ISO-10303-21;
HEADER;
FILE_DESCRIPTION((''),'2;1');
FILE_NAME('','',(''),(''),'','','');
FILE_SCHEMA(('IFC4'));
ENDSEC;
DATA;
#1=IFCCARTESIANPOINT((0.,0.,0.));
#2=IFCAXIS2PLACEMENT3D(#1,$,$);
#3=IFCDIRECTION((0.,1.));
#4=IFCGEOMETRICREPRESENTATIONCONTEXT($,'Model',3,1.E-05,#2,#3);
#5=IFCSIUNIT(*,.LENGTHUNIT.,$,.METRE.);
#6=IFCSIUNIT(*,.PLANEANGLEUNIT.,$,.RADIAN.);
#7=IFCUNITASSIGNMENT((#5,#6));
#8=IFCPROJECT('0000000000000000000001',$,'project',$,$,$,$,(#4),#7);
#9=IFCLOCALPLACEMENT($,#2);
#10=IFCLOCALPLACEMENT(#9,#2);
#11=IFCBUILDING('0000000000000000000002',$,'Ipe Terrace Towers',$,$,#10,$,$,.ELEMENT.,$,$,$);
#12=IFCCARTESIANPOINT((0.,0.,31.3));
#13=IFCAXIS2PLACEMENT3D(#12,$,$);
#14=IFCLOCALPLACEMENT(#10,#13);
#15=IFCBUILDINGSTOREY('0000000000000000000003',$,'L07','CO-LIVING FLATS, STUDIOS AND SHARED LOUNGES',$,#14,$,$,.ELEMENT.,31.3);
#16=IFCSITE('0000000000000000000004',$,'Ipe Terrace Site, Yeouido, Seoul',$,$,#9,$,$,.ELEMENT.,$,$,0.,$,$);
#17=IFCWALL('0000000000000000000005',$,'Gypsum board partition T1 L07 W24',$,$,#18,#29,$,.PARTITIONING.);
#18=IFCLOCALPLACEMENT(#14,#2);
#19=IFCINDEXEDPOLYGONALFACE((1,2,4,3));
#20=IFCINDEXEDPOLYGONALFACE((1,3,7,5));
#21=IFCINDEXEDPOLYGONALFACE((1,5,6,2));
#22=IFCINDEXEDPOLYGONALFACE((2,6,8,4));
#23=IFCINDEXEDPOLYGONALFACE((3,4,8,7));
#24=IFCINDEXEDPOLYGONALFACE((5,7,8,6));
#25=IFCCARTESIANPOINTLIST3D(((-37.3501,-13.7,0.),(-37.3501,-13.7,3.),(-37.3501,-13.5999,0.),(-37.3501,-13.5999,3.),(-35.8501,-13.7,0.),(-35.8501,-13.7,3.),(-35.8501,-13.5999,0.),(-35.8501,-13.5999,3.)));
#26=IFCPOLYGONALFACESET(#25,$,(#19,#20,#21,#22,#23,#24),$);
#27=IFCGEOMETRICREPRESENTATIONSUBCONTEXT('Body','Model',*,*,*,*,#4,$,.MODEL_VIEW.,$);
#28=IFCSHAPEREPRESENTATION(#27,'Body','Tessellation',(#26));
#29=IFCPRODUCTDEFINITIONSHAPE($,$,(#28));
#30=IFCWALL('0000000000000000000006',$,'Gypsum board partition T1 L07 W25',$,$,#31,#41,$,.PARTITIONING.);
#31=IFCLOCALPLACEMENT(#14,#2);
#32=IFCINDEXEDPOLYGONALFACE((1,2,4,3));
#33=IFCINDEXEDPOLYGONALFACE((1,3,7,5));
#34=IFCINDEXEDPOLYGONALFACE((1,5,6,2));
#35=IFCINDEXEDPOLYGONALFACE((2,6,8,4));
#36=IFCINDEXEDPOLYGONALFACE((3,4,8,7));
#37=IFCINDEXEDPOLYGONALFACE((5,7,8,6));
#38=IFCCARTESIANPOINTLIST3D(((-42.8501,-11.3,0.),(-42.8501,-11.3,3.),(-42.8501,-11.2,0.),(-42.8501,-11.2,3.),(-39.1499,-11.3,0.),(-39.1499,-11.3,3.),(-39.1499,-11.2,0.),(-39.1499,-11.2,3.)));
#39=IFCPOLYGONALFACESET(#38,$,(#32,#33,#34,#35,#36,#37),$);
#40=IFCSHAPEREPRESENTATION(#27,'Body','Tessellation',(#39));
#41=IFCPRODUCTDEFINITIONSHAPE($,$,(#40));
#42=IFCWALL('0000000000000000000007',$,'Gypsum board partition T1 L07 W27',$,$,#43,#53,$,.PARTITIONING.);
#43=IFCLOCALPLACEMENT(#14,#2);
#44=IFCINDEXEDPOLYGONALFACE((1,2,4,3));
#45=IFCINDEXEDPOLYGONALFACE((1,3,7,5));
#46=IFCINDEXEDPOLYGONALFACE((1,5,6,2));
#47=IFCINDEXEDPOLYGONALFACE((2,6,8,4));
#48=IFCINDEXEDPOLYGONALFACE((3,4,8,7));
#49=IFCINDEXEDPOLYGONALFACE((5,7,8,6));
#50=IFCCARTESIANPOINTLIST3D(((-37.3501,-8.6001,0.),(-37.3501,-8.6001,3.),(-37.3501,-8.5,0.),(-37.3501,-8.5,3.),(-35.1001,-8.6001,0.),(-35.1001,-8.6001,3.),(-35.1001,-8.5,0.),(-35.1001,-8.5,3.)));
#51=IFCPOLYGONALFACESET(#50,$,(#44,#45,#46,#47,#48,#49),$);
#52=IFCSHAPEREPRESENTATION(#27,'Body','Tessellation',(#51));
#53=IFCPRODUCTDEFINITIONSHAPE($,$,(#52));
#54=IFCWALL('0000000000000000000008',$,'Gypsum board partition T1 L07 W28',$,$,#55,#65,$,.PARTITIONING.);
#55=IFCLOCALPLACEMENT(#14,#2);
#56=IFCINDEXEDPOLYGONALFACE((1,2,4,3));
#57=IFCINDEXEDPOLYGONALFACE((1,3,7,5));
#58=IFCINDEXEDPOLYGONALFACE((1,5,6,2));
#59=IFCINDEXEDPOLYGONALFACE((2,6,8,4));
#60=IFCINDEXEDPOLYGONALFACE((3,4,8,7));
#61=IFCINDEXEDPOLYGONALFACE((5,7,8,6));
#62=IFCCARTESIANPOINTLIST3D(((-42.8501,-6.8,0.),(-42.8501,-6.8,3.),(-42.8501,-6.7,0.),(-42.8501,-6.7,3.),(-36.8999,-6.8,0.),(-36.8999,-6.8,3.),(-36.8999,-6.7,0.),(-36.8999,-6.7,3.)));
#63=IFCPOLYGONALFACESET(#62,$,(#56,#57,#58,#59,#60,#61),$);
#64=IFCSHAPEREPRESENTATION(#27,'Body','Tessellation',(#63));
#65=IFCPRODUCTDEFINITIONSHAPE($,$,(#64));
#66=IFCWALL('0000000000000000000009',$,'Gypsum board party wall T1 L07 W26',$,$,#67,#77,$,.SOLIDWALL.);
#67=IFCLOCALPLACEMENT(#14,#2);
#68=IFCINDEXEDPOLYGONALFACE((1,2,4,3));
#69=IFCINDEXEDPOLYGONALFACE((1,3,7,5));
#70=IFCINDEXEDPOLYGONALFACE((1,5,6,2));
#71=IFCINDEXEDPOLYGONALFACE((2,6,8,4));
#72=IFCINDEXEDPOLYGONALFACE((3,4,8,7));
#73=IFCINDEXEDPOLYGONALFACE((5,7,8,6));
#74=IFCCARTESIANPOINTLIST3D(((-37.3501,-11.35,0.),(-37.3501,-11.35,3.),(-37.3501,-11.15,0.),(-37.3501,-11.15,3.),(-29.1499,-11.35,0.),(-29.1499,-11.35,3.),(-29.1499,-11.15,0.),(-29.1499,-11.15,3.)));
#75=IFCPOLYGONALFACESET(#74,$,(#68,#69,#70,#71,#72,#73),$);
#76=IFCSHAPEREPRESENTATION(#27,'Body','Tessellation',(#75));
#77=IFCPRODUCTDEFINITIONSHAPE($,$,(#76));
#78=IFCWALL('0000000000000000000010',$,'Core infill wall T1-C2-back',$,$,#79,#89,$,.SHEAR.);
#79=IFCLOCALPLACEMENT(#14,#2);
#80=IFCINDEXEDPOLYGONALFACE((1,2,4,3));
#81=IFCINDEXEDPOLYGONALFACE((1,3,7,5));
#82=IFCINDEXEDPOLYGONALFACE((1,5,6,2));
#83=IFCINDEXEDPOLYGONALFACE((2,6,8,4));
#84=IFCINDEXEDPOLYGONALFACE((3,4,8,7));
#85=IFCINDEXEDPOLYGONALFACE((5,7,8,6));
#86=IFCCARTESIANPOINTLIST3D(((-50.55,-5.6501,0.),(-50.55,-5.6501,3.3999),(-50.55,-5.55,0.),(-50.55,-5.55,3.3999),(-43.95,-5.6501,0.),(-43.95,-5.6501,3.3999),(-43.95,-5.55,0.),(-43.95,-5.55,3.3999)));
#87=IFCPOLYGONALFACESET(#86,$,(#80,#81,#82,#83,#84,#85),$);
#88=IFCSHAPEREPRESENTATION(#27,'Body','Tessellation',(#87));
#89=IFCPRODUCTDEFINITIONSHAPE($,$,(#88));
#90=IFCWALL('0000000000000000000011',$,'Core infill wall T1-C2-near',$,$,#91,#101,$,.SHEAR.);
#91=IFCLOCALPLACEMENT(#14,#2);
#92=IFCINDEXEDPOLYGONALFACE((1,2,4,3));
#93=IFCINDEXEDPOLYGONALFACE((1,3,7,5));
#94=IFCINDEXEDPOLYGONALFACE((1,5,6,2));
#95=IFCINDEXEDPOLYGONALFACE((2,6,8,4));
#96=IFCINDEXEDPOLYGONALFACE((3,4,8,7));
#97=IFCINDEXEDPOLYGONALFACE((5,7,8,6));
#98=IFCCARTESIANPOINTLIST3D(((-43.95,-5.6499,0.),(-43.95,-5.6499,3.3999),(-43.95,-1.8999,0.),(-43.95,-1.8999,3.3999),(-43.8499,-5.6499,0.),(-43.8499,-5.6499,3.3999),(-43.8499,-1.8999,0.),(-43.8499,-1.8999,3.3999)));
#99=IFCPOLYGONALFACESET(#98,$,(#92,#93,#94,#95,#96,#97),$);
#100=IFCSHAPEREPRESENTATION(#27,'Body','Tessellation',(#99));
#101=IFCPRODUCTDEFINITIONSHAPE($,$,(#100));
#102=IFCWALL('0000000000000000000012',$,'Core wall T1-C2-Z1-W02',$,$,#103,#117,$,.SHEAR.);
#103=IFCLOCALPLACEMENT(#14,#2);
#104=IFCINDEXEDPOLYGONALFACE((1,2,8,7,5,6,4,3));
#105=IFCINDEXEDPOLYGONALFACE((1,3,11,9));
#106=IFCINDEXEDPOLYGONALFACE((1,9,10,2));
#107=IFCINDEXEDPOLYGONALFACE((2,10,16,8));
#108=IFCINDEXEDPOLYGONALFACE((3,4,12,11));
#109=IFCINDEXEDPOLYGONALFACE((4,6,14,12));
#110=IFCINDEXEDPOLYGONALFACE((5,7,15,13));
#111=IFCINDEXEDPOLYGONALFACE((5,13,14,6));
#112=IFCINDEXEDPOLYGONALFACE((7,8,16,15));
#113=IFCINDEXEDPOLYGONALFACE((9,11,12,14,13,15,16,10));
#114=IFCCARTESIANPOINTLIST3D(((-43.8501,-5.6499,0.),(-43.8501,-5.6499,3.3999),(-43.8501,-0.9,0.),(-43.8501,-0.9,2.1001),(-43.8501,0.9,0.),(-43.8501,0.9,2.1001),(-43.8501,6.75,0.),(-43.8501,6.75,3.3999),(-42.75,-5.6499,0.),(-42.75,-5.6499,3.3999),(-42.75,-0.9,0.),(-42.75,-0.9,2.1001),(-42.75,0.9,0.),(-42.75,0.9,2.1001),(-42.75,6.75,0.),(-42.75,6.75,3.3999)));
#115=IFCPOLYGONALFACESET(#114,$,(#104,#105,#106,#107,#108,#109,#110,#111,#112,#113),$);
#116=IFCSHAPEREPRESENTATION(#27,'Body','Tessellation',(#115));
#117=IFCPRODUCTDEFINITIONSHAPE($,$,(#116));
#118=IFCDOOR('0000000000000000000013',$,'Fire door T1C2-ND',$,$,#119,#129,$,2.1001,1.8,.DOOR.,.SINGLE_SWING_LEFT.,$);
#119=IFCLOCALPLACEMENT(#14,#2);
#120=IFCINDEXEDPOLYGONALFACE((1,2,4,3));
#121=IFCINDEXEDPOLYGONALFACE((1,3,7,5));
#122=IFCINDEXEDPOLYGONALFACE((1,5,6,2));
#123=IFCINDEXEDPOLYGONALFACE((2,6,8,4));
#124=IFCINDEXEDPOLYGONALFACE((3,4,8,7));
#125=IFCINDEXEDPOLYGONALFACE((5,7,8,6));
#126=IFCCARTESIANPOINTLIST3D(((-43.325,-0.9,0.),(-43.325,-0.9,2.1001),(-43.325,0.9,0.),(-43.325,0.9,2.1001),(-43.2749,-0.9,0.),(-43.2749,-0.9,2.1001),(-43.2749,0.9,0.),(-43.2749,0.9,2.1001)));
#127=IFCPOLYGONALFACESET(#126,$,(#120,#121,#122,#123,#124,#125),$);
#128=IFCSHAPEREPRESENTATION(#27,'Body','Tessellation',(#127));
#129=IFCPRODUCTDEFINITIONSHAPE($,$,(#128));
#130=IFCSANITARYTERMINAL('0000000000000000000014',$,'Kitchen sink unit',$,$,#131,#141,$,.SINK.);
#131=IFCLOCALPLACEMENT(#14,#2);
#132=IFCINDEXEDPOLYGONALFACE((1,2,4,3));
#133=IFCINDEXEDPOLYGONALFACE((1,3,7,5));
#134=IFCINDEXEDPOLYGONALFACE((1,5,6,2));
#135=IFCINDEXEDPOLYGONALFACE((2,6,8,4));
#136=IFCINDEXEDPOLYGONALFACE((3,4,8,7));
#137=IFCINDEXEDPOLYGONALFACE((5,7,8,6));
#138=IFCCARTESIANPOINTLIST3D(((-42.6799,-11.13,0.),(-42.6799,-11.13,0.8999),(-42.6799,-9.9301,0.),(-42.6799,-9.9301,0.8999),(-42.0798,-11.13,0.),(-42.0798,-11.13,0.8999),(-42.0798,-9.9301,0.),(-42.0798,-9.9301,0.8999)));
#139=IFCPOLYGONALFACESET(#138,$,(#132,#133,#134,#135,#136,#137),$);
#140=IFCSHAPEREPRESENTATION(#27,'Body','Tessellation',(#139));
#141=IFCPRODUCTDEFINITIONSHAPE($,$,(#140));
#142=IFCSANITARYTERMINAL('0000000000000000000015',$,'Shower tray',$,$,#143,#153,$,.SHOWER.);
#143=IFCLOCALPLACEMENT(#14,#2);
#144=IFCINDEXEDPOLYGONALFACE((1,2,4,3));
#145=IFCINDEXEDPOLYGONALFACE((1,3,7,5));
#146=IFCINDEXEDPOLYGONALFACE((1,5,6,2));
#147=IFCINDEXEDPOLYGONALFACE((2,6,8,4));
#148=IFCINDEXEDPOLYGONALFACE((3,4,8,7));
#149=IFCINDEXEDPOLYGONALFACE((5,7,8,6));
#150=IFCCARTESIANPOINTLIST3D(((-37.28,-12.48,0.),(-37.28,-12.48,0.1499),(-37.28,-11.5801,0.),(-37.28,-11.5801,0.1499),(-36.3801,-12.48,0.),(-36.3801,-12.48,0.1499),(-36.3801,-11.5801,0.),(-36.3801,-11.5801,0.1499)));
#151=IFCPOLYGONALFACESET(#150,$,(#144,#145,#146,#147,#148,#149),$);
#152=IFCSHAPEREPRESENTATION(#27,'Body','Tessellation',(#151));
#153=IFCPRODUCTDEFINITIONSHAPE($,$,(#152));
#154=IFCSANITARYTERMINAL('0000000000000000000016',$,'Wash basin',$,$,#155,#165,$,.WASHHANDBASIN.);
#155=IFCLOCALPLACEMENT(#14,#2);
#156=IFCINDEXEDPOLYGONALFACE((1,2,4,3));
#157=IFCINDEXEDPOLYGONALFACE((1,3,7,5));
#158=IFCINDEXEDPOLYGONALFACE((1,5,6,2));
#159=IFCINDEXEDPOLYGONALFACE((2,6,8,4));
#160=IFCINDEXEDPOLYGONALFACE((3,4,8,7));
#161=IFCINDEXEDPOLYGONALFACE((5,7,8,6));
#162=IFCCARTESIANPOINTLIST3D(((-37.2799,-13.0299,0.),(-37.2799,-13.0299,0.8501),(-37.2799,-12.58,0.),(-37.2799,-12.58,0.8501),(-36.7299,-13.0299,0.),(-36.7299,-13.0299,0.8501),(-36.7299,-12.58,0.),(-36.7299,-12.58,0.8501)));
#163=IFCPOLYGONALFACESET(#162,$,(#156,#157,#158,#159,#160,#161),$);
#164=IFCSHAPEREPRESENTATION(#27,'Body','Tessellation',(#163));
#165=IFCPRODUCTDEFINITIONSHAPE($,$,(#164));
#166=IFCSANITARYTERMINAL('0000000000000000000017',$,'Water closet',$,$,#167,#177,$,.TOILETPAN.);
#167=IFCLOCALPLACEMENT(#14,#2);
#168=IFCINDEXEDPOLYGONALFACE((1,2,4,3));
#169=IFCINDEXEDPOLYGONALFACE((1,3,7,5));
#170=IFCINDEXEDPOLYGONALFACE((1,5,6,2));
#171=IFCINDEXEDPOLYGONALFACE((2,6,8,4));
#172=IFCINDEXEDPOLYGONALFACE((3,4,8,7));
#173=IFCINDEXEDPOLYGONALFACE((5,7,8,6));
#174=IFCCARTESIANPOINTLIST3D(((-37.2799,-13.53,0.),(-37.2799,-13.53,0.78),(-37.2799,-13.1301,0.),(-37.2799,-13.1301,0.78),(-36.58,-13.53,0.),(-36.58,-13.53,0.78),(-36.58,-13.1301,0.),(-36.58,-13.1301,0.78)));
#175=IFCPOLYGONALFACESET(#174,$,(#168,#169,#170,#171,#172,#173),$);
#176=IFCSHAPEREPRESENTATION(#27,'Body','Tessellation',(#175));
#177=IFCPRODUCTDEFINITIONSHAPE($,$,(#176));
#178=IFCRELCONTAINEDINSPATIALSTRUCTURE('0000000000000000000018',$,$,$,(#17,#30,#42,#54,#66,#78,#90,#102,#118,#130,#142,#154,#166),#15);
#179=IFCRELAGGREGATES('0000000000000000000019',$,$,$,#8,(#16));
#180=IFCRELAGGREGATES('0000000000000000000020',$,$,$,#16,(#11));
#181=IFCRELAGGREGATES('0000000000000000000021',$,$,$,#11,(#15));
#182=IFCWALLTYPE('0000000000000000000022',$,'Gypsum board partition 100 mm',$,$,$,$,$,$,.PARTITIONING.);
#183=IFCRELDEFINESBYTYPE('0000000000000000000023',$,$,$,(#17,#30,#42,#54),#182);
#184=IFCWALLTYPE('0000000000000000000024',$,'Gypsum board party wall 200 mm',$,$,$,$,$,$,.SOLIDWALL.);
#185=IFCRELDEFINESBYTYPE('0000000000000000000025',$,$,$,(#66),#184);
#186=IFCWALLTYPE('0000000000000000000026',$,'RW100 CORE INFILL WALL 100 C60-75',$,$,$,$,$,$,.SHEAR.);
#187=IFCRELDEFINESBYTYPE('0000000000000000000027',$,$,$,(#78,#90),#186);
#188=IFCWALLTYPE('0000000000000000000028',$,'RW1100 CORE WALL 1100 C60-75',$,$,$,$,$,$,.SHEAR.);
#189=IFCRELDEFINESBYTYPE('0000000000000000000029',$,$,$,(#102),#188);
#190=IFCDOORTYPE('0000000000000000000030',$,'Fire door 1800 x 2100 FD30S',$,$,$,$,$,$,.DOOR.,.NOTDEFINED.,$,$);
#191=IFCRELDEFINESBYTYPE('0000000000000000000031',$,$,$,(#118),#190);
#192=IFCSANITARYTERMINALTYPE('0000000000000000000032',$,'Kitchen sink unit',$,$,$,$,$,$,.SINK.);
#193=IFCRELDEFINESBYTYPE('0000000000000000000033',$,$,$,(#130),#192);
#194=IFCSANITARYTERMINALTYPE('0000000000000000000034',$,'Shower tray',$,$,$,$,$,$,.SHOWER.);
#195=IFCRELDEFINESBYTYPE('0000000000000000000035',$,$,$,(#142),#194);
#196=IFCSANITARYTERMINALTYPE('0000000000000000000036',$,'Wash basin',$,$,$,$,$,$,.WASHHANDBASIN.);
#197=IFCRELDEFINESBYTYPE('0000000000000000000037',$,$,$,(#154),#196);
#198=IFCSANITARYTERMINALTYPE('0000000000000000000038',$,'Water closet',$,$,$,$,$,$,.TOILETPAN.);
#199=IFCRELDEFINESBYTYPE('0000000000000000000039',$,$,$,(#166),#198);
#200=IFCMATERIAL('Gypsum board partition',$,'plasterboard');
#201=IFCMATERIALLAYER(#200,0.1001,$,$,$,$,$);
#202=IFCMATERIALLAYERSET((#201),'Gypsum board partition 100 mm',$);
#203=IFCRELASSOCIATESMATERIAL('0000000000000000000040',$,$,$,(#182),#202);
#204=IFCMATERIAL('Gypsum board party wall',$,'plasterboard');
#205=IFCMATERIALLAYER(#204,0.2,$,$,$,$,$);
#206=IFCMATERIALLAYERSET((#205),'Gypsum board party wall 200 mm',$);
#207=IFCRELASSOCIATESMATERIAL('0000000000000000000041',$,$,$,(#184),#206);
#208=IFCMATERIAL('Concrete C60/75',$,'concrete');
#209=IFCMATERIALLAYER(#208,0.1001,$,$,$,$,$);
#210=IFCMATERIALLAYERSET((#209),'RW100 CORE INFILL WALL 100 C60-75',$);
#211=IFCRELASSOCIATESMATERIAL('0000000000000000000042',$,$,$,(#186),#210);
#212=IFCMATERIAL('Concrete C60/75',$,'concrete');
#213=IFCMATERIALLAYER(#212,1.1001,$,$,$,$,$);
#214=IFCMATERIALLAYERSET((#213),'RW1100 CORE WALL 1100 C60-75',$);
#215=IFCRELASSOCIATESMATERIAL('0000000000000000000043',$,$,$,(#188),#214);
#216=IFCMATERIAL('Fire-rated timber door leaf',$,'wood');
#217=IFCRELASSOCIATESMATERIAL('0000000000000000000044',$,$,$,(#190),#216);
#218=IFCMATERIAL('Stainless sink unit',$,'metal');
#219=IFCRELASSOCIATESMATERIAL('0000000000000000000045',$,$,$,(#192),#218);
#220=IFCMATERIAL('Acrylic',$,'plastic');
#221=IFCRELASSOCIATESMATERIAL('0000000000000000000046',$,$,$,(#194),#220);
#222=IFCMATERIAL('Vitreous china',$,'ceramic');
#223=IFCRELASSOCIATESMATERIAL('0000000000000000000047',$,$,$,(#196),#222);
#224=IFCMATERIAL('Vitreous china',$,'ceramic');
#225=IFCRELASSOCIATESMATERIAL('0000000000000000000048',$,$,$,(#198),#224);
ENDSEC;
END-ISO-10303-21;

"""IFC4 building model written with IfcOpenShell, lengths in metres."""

from ifc_helpers import new_model, si_unit, direction, frame, frame_2d, origin, origin_2d, place, context, subcontext, project, spatial, rectangle, extrude, material, layer, layer_set, type_object, element, fill, save


model = new_model("IFC4")

# Units and contexts
model_context = context("Model", 3, precision=1e-05, world=origin(), true_north=direction((0.0, 1.0)))
body_context = subcontext(model_context, "Body", "Model", "MODEL_VIEW")
ifc_project = project(units=[si_unit("LENGTHUNIT", "METRE"), si_unit("PLANEANGLEUNIT", "RADIAN")], contexts=[model_context])

# Site, building, storey
site_placement = place(None, origin())
site = spatial("IfcSite", under=ifc_project, at=site_placement, Name="Ipe Terrace Site, Yeouido, Seoul", CompositionType="ELEMENT", RefElevation=0.0)
building_placement = place(site_placement, origin())
building = spatial("IfcBuilding", under=site, at=building_placement, Name="Ipe Terrace Towers", CompositionType="ELEMENT")
storey_placement = place(building_placement, frame((0.0, 0.0, 31.3)))
storey = spatial("IfcBuildingStorey", under=building, at=storey_placement, Name="L07", Description="CO-LIVING FLATS, STUDIOS AND SHARED LOUNGES", CompositionType="ELEMENT", Elevation=31.3)

# Shared definitions
ifc_material_1 = material(Name="Gypsum board partition", Category="plasterboard")
ifc_layer_1 = layer(ifc_material_1, 0.1001)
ifc_layer_set_1 = layer_set([ifc_layer_1], Name="Gypsum board partition 100 mm")
wall_type_1 = type_object("IfcWallType", Name="Gypsum board partition 100 mm", PredefinedType="PARTITIONING", material=ifc_layer_set_1)

# Walls
wall_1_placement = place(storey_placement, frame((-37.3501, -13.6499, 0.0), z_axis=(0.0, 0.0, 1.0), x_axis=(1.0, 0.0, 0.0)))
element("IfcWall", 1, at=wall_1_placement, inside=storey, type_object=wall_type_1, Name="Gypsum board partition T1 L07 W24", PredefinedType="PARTITIONING", context=body_context, shape_type="SweptSolid", body=[
    extrude(rectangle(XDim=1.5, YDim=0.1001, at=frame_2d((0.75, 0.0))), origin(), (0.0, 0.0, 1.0), 3.0),
])
wall_2_placement = place(storey_placement, frame((-42.8501, -11.25, 0.0), z_axis=(0.0, 0.0, 1.0), x_axis=(1.0, 0.0, 0.0)))
element("IfcWall", 2, at=wall_2_placement, inside=storey, type_object=wall_type_1, Name="Gypsum board partition T1 L07 W25", PredefinedType="PARTITIONING", context=body_context, shape_type="SweptSolid", body=[
    extrude(rectangle(XDim=3.7002, YDim=0.1001, at=frame_2d((1.8501, 0.0))), origin(), (0.0, 0.0, 1.0), 3.0),
])
wall_3_placement = place(storey_placement, frame((-37.3501, -8.55, 0.0), z_axis=(0.0, 0.0, 1.0), x_axis=(1.0, 0.0, 0.0)))
element("IfcWall", 3, at=wall_3_placement, inside=storey, type_object=wall_type_1, Name="Gypsum board partition T1 L07 W27", PredefinedType="PARTITIONING", context=body_context, shape_type="SweptSolid", body=[
    extrude(rectangle(XDim=2.25, YDim=0.1001, at=frame_2d((1.125, 0.0))), origin(), (0.0, 0.0, 1.0), 3.0),
])
wall_4_placement = place(storey_placement, frame((-42.8501, -6.75, 0.0), z_axis=(0.0, 0.0, 1.0), x_axis=(1.0, 0.0, 0.0)))
element("IfcWall", 4, at=wall_4_placement, inside=storey, type_object=wall_type_1, Name="Gypsum board partition T1 L07 W28", PredefinedType="PARTITIONING", context=body_context, shape_type="SweptSolid", body=[
    extrude(rectangle(XDim=5.9502, YDim=0.1001, at=frame_2d((2.9751, 0.0))), origin(), (0.0, 0.0, 1.0), 3.0),
])
ifc_material_2 = material(Name="Gypsum board party wall", Category="plasterboard")
ifc_layer_2 = layer(ifc_material_2, 0.2)
ifc_layer_set_2 = layer_set([ifc_layer_2], Name="Gypsum board party wall 200 mm")
wall_type_2 = type_object("IfcWallType", Name="Gypsum board party wall 200 mm", PredefinedType="SOLIDWALL", material=ifc_layer_set_2)
wall_5_placement = place(storey_placement, frame((-37.3501, -11.25, 0.0), z_axis=(0.0, 0.0, 1.0), x_axis=(1.0, 0.0, 0.0)))
element("IfcWall", 5, at=wall_5_placement, inside=storey, type_object=wall_type_2, Name="Gypsum board party wall T1 L07 W26", PredefinedType="SOLIDWALL", context=body_context, shape_type="SweptSolid", body=[
    extrude(rectangle(XDim=8.2002, YDim=0.2, at=frame_2d((4.1001, 0.0))), origin(), (0.0, 0.0, 1.0), 3.0),
])
ifc_material_3 = material(Name="Concrete C60/75", Category="concrete")
ifc_layer_3 = layer(ifc_material_3, 0.1001)
ifc_layer_set_3 = layer_set([ifc_layer_3], Name="RW100 CORE INFILL WALL 100 C60-75")
wall_type_3 = type_object("IfcWallType", Name="RW100 CORE INFILL WALL 100 C60-75", PredefinedType="SHEAR", material=ifc_layer_set_3)
wall_6_placement = place(storey_placement, frame((-43.95, -5.6001, 0.0), z_axis=(0.0, 0.0, 1.0), x_axis=(-1.0, 0.0, 0.0)))
element("IfcWall", 6, at=wall_6_placement, inside=storey, type_object=wall_type_3, Name="Core infill wall T1-C2-back", PredefinedType="SHEAR", context=body_context, shape_type="SweptSolid", body=[
    extrude(rectangle(XDim=6.6001, YDim=0.1001, at=frame_2d((3.3, 0.0))), origin(), (0.0, 0.0, 1.0), 3.3999),
])
wall_7_placement = place(storey_placement, frame((-43.8999, -1.8999, 0.0), z_axis=(0.0, 0.0, 1.0), x_axis=(0.0, -1.0, 0.0)))
element("IfcWall", 7, at=wall_7_placement, inside=storey, type_object=wall_type_3, Name="Core infill wall T1-C2-near", PredefinedType="SHEAR", context=body_context, shape_type="SweptSolid", body=[
    extrude(rectangle(XDim=3.75, YDim=0.1001, at=frame_2d((1.875, 0.0))), origin(), (0.0, 0.0, 1.0), 3.3999),
])

# Wall, opening, door
ifc_material_4 = material(Name="Concrete C60/75", Category="concrete")
ifc_layer_4 = layer(ifc_material_4, 1.1001)
ifc_layer_set_4 = layer_set([ifc_layer_4], Name="RW1100 CORE WALL 1100 C60-75")
wall_type_4 = type_object("IfcWallType", Name="RW1100 CORE WALL 1100 C60-75", PredefinedType="SHEAR", material=ifc_layer_set_4)
wall_8_placement = place(storey_placement, frame((-43.3, -5.6499, 0.0), z_axis=(0.0, 0.0, 1.0), x_axis=(0.0, 1.0, 0.0)))
wall_8 = element("IfcWall", 8, at=wall_8_placement, inside=storey, type_object=wall_type_4, Name="Core wall T1-C2-Z1-W02", PredefinedType="SHEAR", context=body_context, shape_type="SweptSolid", body=[
    extrude(rectangle(XDim=12.3999, YDim=1.1001, at=frame_2d((6.2, 0.0))), origin(), (0.0, 0.0, 1.0), 3.3999),
])
opening_1_placement = place(wall_8_placement, frame((4.75, 0.0, 0.0)))
opening_1 = element("IfcOpeningElement", 9, at=opening_1_placement, cuts=wall_8, PredefinedType="OPENING", context=body_context, shape_type="SweptSolid", body=[
    extrude(rectangle(XDim=1.8, YDim=2.1001, at=frame_2d((0.8999, 1.05))), frame((0.0, 0.5601, 0.0), z_axis=(0.0, -1.0, 0.0), x_axis=(1.0, 0.0, 0.0)), (0.0, 0.0, 1.0), 1.1201),
])
ifc_material_5 = material(Name="Fire-rated timber door leaf", Category="wood")
door_type_1 = type_object("IfcDoorType", Name="Fire door 1800 x 2100 FD30S", OperationType="NOTDEFINED", PredefinedType="DOOR", material=ifc_material_5)
door_1_placement = place(opening_1_placement, origin())
door_1 = element("IfcDoor", 10, at=door_1_placement, inside=storey, type_object=door_type_1, Name="Fire door T1C2-ND", OperationType="SINGLE_SWING_LEFT", OverallHeight=2.1001, OverallWidth=1.8, PredefinedType="DOOR", context=body_context, shape_type="SweptSolid", body=[
    extrude(rectangle(XDim=1.8, YDim=2.1001, at=frame_2d((0.8999, 1.05))), frame((0.0, 0.0249, 0.0), z_axis=(0.0, -1.0, 0.0), x_axis=(1.0, 0.0, 0.0)), (0.0, 0.0, 1.0), 0.05),
])
fill(opening_1, door_1)

# Sanitary terminals
ifc_material_6 = material(Name="Stainless sink unit", Category="metal")
sanitary_terminal_type_1 = type_object("IfcSanitaryTerminalType", Name="Kitchen sink unit", PredefinedType="SINK", material=ifc_material_6)
sanitary_terminal_1_placement = place(storey_placement, frame((-42.3799, -10.53, 0.0), z_axis=(0.0, 0.0, 1.0), x_axis=(0.0, 1.0, 0.0)))
element("IfcSanitaryTerminal", 11, at=sanitary_terminal_1_placement, inside=storey, type_object=sanitary_terminal_type_1, Name="Kitchen sink unit", PredefinedType="SINK", context=body_context, shape_type="SweptSolid", body=[
    extrude(rectangle(XDim=1.2, YDim=0.6001, at=origin_2d()), origin(), (0.0, 0.0, 1.0), 0.8999),
])
ifc_material_7 = material(Name="Acrylic", Category="plastic")
sanitary_terminal_type_2 = type_object("IfcSanitaryTerminalType", Name="Shower tray", PredefinedType="SHOWER", material=ifc_material_7)
sanitary_terminal_2_placement = place(storey_placement, frame((-36.8301, -12.03, 0.0), z_axis=(0.0, 0.0, 1.0), x_axis=(1.0, 0.0, 0.0)))
element("IfcSanitaryTerminal", 12, at=sanitary_terminal_2_placement, inside=storey, type_object=sanitary_terminal_type_2, Name="Shower tray", PredefinedType="SHOWER", context=body_context, shape_type="SweptSolid", body=[
    extrude(rectangle(XDim=0.8999, YDim=0.8999, at=origin_2d()), origin(), (0.0, 0.0, 1.0), 0.1499),
])
ifc_material_8 = material(Name="Vitreous china", Category="ceramic")
sanitary_terminal_type_3 = type_object("IfcSanitaryTerminalType", Name="Wash basin", PredefinedType="WASHHANDBASIN", material=ifc_material_8)
sanitary_terminal_3_placement = place(storey_placement, frame((-37.0049, -12.8049, 0.0), z_axis=(0.0, 0.0, 1.0), x_axis=(1.0, 0.0, 0.0)))
element("IfcSanitaryTerminal", 13, at=sanitary_terminal_3_placement, inside=storey, type_object=sanitary_terminal_type_3, Name="Wash basin", PredefinedType="WASHHANDBASIN", context=body_context, shape_type="SweptSolid", body=[
    extrude(rectangle(XDim=0.55, YDim=0.45, at=origin_2d()), origin(), (0.0, 0.0, 1.0), 0.8501),
])
ifc_material_9 = material(Name="Vitreous china", Category="ceramic")
sanitary_terminal_type_4 = type_object("IfcSanitaryTerminalType", Name="Water closet", PredefinedType="TOILETPAN", material=ifc_material_9)
sanitary_terminal_4_placement = place(storey_placement, frame((-36.9299, -13.3301, 0.0), z_axis=(0.0, 0.0, 1.0), x_axis=(1.0, 0.0, 0.0)))
element("IfcSanitaryTerminal", 14, at=sanitary_terminal_4_placement, inside=storey, type_object=sanitary_terminal_type_4, Name="Water closet", PredefinedType="TOILETPAN", context=body_context, shape_type="SweptSolid", body=[
    extrude(rectangle(XDim=0.7, YDim=0.3999, at=origin_2d()), origin(), (0.0, 0.0, 1.0), 0.78),
])

save(model, "model.ifc")
